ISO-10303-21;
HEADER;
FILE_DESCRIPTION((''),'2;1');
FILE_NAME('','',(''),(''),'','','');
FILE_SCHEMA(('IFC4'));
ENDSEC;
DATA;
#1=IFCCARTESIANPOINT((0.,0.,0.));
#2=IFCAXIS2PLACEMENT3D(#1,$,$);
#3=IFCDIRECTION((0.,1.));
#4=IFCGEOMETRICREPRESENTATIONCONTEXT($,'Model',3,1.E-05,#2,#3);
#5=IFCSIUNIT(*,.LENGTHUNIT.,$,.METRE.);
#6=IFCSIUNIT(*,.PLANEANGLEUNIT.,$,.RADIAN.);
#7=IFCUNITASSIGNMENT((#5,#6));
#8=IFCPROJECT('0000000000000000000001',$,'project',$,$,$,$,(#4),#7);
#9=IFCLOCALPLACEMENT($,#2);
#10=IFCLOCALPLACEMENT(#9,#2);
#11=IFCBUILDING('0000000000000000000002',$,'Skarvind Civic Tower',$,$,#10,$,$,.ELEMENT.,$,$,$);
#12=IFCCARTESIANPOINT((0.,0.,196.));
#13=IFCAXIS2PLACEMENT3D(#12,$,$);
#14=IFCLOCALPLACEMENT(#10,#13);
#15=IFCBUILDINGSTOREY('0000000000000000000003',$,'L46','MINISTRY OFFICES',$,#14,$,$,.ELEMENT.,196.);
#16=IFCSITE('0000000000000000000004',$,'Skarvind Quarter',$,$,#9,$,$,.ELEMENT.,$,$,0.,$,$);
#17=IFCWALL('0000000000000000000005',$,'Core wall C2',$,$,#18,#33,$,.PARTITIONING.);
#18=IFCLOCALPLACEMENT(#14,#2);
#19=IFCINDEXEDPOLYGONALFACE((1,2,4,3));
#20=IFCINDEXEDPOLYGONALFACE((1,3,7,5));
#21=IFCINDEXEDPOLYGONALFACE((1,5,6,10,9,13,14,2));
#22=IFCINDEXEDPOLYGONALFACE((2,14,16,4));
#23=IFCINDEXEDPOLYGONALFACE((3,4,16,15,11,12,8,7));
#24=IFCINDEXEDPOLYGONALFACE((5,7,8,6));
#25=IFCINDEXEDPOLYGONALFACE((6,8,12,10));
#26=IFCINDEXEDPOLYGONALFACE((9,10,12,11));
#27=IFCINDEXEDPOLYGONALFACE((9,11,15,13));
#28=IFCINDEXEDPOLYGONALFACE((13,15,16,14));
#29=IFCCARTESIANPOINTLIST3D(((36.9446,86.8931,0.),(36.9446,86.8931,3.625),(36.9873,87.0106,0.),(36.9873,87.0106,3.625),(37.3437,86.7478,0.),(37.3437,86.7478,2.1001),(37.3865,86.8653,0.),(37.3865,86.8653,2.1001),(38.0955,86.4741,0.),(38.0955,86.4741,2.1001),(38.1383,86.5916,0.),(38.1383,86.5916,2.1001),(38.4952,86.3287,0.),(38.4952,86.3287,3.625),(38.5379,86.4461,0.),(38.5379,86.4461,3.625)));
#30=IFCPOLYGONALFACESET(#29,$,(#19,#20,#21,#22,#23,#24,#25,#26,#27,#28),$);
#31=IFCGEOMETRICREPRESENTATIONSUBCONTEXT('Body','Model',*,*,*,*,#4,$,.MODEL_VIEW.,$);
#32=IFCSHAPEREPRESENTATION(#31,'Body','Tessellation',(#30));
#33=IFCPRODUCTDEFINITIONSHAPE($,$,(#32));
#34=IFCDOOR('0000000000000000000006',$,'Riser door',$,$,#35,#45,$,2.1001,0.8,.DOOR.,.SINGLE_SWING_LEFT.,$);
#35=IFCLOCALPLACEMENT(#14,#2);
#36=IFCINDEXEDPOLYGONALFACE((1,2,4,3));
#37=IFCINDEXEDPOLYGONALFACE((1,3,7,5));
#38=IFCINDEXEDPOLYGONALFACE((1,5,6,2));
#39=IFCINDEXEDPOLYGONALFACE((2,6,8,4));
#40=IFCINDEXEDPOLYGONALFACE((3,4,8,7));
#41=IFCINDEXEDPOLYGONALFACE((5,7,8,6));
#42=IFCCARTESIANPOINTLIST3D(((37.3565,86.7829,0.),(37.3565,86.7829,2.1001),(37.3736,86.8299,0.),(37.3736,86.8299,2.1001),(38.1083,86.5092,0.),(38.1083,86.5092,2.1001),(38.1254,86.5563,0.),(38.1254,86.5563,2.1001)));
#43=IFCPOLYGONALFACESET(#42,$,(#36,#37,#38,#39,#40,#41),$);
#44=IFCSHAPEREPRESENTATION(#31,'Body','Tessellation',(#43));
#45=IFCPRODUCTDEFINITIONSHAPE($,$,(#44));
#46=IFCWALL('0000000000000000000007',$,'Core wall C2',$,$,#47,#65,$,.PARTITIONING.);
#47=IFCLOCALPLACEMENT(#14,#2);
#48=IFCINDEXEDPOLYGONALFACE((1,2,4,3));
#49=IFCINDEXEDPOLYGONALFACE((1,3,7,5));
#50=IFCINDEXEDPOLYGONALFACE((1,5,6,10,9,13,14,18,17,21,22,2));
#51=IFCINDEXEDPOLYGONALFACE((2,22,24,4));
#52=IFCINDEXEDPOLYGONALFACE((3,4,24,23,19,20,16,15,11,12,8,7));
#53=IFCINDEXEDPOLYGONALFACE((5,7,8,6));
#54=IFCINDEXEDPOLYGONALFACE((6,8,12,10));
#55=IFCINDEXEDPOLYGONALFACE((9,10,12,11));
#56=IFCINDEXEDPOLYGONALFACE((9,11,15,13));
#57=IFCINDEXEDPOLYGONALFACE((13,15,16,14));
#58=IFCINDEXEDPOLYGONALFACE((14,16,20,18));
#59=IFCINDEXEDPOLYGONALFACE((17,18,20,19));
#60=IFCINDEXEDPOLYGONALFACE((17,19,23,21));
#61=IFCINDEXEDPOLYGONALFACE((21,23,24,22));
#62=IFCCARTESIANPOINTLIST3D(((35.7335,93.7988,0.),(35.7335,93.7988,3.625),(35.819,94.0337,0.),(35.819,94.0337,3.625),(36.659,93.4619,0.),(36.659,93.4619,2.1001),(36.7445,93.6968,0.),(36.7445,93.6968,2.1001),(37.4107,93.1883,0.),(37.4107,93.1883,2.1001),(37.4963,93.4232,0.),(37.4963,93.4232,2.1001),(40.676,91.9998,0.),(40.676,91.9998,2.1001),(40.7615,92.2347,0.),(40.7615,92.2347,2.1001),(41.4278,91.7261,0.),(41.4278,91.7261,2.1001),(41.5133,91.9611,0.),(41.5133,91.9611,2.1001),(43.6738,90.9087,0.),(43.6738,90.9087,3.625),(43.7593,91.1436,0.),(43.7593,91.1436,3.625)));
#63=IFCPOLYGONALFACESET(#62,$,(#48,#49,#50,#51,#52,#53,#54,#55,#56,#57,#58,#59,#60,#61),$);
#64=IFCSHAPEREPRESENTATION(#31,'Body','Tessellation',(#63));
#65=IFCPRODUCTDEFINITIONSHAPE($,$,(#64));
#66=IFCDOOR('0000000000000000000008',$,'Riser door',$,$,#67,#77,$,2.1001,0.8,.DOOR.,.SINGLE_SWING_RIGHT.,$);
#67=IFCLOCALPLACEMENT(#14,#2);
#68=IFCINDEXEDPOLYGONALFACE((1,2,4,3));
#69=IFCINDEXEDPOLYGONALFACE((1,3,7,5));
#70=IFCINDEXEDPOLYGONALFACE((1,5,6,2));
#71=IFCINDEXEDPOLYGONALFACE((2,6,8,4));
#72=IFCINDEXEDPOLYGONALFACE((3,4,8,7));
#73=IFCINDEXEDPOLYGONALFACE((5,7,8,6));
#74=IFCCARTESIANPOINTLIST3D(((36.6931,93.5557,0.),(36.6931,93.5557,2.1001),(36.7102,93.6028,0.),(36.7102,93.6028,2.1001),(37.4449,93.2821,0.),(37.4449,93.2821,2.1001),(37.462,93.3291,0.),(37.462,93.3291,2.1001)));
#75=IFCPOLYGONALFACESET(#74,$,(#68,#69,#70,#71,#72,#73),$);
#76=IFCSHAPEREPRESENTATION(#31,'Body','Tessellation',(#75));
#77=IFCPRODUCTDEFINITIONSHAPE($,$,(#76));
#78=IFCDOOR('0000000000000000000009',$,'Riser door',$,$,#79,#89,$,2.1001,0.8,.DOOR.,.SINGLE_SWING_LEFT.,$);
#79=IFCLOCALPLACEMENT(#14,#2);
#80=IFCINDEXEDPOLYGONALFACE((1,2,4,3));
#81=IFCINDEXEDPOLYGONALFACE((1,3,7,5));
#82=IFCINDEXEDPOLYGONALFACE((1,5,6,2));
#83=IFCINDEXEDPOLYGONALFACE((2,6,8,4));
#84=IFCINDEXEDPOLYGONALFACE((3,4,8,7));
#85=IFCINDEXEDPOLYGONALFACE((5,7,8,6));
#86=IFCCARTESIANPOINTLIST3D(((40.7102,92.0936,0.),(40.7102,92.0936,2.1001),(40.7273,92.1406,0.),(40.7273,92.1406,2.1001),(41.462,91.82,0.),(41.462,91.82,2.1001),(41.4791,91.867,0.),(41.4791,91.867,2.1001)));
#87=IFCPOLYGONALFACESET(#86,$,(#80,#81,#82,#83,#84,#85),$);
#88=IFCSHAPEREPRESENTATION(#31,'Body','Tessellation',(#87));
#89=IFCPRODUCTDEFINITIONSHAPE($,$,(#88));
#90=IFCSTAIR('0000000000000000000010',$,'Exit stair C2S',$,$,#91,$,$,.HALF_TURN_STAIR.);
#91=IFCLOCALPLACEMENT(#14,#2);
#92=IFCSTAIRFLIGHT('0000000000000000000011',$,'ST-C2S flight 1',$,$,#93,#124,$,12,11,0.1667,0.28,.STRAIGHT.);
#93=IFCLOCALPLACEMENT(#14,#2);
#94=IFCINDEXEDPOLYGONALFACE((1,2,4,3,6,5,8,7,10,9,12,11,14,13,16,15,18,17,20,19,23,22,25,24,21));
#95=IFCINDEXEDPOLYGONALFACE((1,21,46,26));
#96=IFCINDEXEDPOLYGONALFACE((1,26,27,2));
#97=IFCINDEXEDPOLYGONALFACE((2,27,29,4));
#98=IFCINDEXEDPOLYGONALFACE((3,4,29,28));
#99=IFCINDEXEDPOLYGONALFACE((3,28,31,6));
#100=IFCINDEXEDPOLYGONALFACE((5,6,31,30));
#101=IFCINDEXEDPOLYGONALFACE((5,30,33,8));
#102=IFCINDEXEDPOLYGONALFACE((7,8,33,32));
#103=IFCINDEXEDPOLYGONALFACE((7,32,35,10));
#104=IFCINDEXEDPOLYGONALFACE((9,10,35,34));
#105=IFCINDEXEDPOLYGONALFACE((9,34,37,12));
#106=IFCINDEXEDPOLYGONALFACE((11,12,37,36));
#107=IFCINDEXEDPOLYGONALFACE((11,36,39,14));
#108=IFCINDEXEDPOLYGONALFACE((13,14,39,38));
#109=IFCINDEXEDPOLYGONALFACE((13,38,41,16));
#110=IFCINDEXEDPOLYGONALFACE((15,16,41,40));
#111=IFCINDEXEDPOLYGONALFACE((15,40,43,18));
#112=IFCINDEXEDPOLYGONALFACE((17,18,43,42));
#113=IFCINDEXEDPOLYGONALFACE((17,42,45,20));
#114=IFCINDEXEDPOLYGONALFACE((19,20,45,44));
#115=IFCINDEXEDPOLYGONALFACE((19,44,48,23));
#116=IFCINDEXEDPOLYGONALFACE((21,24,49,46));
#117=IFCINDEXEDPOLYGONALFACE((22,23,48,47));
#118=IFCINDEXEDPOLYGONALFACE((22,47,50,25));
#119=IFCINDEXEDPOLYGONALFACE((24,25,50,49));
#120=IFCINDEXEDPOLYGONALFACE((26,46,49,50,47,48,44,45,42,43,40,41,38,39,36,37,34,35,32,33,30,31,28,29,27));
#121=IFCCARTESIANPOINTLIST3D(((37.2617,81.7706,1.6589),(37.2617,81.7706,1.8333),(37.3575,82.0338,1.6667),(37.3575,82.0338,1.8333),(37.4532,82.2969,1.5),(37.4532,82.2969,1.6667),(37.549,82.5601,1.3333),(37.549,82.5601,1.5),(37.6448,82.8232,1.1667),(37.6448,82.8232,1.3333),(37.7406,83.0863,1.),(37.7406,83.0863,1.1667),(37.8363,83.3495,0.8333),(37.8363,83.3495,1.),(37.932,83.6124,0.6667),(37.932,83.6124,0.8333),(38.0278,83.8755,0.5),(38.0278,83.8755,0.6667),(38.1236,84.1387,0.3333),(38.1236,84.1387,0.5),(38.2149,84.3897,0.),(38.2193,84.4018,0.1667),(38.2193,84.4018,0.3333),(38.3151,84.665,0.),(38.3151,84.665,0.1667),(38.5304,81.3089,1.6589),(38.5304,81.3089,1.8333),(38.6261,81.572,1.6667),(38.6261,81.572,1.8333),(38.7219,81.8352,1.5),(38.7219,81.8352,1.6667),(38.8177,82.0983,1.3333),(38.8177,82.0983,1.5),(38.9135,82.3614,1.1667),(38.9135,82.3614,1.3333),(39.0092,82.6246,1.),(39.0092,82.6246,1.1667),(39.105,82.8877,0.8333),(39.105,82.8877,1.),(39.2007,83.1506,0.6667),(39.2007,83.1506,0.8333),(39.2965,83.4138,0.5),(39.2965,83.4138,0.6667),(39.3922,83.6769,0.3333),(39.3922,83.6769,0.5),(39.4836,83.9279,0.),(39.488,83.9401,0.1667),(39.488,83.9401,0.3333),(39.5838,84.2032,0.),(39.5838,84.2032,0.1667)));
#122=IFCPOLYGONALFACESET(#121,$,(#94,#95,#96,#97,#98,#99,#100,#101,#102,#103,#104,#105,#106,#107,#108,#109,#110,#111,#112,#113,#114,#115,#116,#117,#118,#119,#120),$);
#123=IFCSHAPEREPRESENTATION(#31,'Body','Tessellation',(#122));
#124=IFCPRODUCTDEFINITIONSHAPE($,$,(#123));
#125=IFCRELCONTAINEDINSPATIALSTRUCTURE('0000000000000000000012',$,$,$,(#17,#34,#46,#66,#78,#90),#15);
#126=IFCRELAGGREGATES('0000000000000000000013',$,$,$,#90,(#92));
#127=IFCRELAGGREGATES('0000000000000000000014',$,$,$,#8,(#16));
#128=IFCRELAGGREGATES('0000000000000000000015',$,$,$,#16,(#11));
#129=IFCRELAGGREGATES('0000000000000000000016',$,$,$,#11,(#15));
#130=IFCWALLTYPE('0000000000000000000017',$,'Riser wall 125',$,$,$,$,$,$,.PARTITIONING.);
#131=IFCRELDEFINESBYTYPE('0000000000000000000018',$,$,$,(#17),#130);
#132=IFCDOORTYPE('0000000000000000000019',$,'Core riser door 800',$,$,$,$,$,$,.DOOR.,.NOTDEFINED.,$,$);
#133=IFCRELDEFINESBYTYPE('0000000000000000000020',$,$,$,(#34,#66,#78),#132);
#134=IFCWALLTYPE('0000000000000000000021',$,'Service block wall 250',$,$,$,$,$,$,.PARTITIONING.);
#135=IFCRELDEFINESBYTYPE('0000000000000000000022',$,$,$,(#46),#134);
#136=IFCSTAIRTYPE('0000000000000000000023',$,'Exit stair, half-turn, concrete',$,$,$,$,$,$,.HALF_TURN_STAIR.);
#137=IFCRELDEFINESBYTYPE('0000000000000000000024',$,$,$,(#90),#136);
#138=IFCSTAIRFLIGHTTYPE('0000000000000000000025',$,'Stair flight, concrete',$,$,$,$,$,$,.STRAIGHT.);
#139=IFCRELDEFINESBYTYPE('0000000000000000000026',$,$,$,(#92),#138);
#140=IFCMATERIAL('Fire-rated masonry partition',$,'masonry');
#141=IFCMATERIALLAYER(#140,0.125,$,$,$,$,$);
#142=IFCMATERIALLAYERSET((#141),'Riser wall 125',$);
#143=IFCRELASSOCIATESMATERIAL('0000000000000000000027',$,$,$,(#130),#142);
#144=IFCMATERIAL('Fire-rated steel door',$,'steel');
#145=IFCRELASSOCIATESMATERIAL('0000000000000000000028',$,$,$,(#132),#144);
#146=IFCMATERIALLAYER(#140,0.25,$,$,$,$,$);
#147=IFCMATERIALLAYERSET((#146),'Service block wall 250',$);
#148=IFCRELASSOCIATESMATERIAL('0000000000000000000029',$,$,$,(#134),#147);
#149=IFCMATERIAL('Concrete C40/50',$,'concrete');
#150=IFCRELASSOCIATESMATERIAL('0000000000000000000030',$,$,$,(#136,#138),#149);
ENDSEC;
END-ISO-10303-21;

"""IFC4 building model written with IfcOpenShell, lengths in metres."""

from ifc_helpers import new_model, si_unit, direction, frame, frame_2d, origin, place, context, subcontext, project, spatial, polyline, rectangle, outline, extrude, material, layer, layer_set, type_object, element, fill, aggregate, save


model = new_model("IFC4")

# Units and contexts
model_context = context("Model", 3, precision=1e-05, world=origin(), true_north=direction((0.0, 1.0)))
body_context = subcontext(model_context, "Body", "Model", "MODEL_VIEW")
ifc_project = project(units=[si_unit("LENGTHUNIT", "METRE"), si_unit("PLANEANGLEUNIT", "RADIAN")], contexts=[model_context])

# Site, building, storey
site_placement = place(None, origin())
site = spatial("IfcSite", under=ifc_project, at=site_placement, Name="Skarvind Quarter", CompositionType="ELEMENT", RefElevation=0.0)
building_placement = place(site_placement, origin())
building = spatial("IfcBuilding", under=site, at=building_placement, Name="Skarvind Civic Tower", CompositionType="ELEMENT")
storey_placement = place(building_placement, frame((0.0, 0.0, 196.0)))
storey = spatial("IfcBuildingStorey", under=building, at=storey_placement, Name="L46", Description="MINISTRY OFFICES", CompositionType="ELEMENT", Elevation=196.0)

# Shared definitions
ifc_material_1 = material(Name="Fire-rated masonry partition", Category="masonry")
ifc_material_2 = material(Name="Fire-rated steel door", Category="steel")

# Wall, opening, door
ifc_layer_1 = layer(ifc_material_1, 0.125)
ifc_layer_set_1 = layer_set([ifc_layer_1], Name="Riser wall 125")
wall_type_1 = type_object("IfcWallType", Name="Riser wall 125", PredefinedType="PARTITIONING", material=ifc_layer_set_1)
wall_1_placement = place(storey_placement, frame((36.9658, 86.9519, 0.0), z_axis=(0.0, 0.0, 1.0), x_axis=(0.939672, -0.342076, 0.0)))
wall_1 = element("IfcWall", 1, at=wall_1_placement, inside=storey, type_object=wall_type_1, Name="Core wall C2", PredefinedType="PARTITIONING", context=body_context, shape_type="SweptSolid", body=[
    extrude(rectangle(XDim=1.6501, YDim=0.125, at=frame_2d((0.8252, 0.0))), origin(), (0.0, 0.0, 1.0), 3.625),
])
opening_1_placement = place(wall_1_placement, frame((0.425, 0.0, 0.0)))
opening_1 = element("IfcOpeningElement", 2, at=opening_1_placement, cuts=wall_1, PredefinedType="OPENING", context=body_context, shape_type="SweptSolid", body=[
    extrude(rectangle(XDim=0.8, YDim=2.1001, at=frame_2d((0.3999, 1.05))), frame((0.0, 0.0725, 0.0), z_axis=(0.0, -1.0, 0.0), x_axis=(1.0, 0.0, 0.0)), (0.0, 0.0, 1.0), 0.145),
])
door_type_1 = type_object("IfcDoorType", Name="Core riser door 800", OperationType="NOTDEFINED", PredefinedType="DOOR", material=ifc_material_2)
door_1_placement = place(opening_1_placement, origin())
door_1 = element("IfcDoor", 3, at=door_1_placement, inside=storey, type_object=door_type_1, Name="Riser door", OperationType="SINGLE_SWING_LEFT", OverallHeight=2.1001, OverallWidth=0.8, PredefinedType="DOOR", context=body_context, shape_type="SweptSolid", body=[
    extrude(rectangle(XDim=0.8, YDim=2.1001, at=frame_2d((0.3999, 1.05))), frame((0.0, 0.0249, 0.0), z_axis=(0.0, -1.0, 0.0), x_axis=(1.0, 0.0, 0.0)), (0.0, 0.0, 1.0), 0.05),
])
fill(opening_1, door_1)

# Wall, openings, doors
ifc_layer_2 = layer(ifc_material_1, 0.25)
ifc_layer_set_2 = layer_set([ifc_layer_2], Name="Service block wall 250")
wall_type_2 = type_object("IfcWallType", Name="Service block wall 250", PredefinedType="PARTITIONING", material=ifc_layer_set_2)
wall_2_placement = place(storey_placement, frame((35.7761, 93.9163, 0.0), z_axis=(0.0, 0.0, 1.0), x_axis=(0.93969, -0.342026, 0.0)))
wall_2 = element("IfcWall", 4, at=wall_2_placement, inside=storey, type_object=wall_type_2, Name="Core wall C2", PredefinedType="PARTITIONING", context=body_context, shape_type="SweptSolid", body=[
    extrude(rectangle(XDim=8.45, YDim=0.25, at=frame_2d((4.2251, 0.0))), origin(), (0.0, 0.0, 1.0), 3.625),
])
opening_2_placement = place(wall_2_placement, frame((0.9851, 0.0, 0.0)))
opening_2 = element("IfcOpeningElement", 5, at=opening_2_placement, cuts=wall_2, PredefinedType="OPENING", context=body_context, shape_type="SweptSolid", body=[
    extrude(rectangle(XDim=0.8, YDim=2.1001, at=frame_2d((0.3999, 1.05))), frame((0.0, 0.135, 0.0), z_axis=(0.0, -1.0, 0.0), x_axis=(1.0, 0.0, 0.0)), (0.0, 0.0, 1.0), 0.27),
])
opening_3_placement = place(wall_2_placement, frame((5.26, 0.0, 0.0)))
opening_3 = element("IfcOpeningElement", 6, at=opening_3_placement, cuts=wall_2, PredefinedType="OPENING", context=body_context, shape_type="SweptSolid", body=[
    extrude(rectangle(XDim=0.8, YDim=2.1001, at=frame_2d((0.3999, 1.05))), frame((0.0, 0.135, 0.0), z_axis=(0.0, -1.0, 0.0), x_axis=(1.0, 0.0, 0.0)), (0.0, 0.0, 1.0), 0.27),
])
door_2_placement = place(opening_2_placement, origin())
door_2 = element("IfcDoor", 7, at=door_2_placement, inside=storey, type_object=door_type_1, Name="Riser door", OperationType="SINGLE_SWING_RIGHT", OverallHeight=2.1001, OverallWidth=0.8, PredefinedType="DOOR", context=body_context, shape_type="SweptSolid", body=[
    extrude(rectangle(XDim=0.8, YDim=2.1001, at=frame_2d((0.3999, 1.05))), frame((0.0, 0.0249, 0.0), z_axis=(0.0, -1.0, 0.0), x_axis=(1.0, 0.0, 0.0)), (0.0, 0.0, 1.0), 0.05),
])
fill(opening_2, door_2)
door_3_placement = place(opening_3_placement, origin())
door_3 = element("IfcDoor", 8, at=door_3_placement, inside=storey, type_object=door_type_1, Name="Riser door", OperationType="SINGLE_SWING_LEFT", OverallHeight=2.1001, OverallWidth=0.8, PredefinedType="DOOR", context=body_context, shape_type="SweptSolid", body=[
    extrude(rectangle(XDim=0.8, YDim=2.1001, at=frame_2d((0.3999, 1.05))), frame((0.0, 0.0249, 0.0), z_axis=(0.0, -1.0, 0.0), x_axis=(1.0, 0.0, 0.0)), (0.0, 0.0, 1.0), 0.05),
])
fill(opening_3, door_3)

# Stair, stair flight
ifc_material_3 = material(Name="Concrete C40/50", Category="concrete")
stair_type = type_object("IfcStairType", Name="Exit stair, half-turn, concrete", PredefinedType="HALF_TURN_STAIR", material=ifc_material_3)
stair_placement = place(storey_placement, origin())
stair = element("IfcStair", 9, at=stair_placement, inside=storey, type_object=stair_type, Name="Exit stair C2S", PredefinedType="HALF_TURN_STAIR")
stair_flight_type = type_object("IfcStairFlightType", Name="Stair flight, concrete", PredefinedType="STRAIGHT", material=ifc_material_3)
stair_flight_placement = place(storey_placement, frame((38.9495, 84.4341, 0.0), z_axis=(0.0, 0.0, 1.0), x_axis=(-0.34202, -0.939693, 0.0)))
stair_flight = element("IfcStairFlight", 10, at=stair_flight_placement, type_object=stair_flight_type, Name="ST-C2S flight 1", NumberOfRisers=12, NumberOfTreads=11, PredefinedType="STRAIGHT", RiserHeight=0.1667, TreadLength=0.28, context=body_context, shape_type="SweptSolid", body=[
    extrude(outline(polyline([(0.0, 0.0), (0.0, 0.1667), (0.28, 0.1667), (0.28, 0.3333), (0.5601, 0.3333), (0.5601, 0.5), (0.8401, 0.5), (0.8401, 0.6667), (1.1201, 0.6667), (1.1201, 0.8333), (1.3999, 0.8333), (1.3999, 1.0), (1.6799, 1.0), (1.6799, 1.1667), (1.96, 1.1667), (1.96, 1.3333), (2.24, 1.3333), (2.24, 1.5), (2.52, 1.5), (2.52, 1.6667), (2.8, 1.6667), (2.8, 1.8333), (3.0801, 1.8333), (3.0801, 2.0), (3.0801, 1.6589), (0.293, 0.0), (0.0, 0.0)])), frame((0.0, 0.675, 0.0), z_axis=(0.0, -1.0, 0.0), x_axis=(1.0, 0.0, 0.0)), (0.0, 0.0, 1.0), 1.3501),
])
aggregate(stair, [stair_flight])

save(model, "model.ifc")
